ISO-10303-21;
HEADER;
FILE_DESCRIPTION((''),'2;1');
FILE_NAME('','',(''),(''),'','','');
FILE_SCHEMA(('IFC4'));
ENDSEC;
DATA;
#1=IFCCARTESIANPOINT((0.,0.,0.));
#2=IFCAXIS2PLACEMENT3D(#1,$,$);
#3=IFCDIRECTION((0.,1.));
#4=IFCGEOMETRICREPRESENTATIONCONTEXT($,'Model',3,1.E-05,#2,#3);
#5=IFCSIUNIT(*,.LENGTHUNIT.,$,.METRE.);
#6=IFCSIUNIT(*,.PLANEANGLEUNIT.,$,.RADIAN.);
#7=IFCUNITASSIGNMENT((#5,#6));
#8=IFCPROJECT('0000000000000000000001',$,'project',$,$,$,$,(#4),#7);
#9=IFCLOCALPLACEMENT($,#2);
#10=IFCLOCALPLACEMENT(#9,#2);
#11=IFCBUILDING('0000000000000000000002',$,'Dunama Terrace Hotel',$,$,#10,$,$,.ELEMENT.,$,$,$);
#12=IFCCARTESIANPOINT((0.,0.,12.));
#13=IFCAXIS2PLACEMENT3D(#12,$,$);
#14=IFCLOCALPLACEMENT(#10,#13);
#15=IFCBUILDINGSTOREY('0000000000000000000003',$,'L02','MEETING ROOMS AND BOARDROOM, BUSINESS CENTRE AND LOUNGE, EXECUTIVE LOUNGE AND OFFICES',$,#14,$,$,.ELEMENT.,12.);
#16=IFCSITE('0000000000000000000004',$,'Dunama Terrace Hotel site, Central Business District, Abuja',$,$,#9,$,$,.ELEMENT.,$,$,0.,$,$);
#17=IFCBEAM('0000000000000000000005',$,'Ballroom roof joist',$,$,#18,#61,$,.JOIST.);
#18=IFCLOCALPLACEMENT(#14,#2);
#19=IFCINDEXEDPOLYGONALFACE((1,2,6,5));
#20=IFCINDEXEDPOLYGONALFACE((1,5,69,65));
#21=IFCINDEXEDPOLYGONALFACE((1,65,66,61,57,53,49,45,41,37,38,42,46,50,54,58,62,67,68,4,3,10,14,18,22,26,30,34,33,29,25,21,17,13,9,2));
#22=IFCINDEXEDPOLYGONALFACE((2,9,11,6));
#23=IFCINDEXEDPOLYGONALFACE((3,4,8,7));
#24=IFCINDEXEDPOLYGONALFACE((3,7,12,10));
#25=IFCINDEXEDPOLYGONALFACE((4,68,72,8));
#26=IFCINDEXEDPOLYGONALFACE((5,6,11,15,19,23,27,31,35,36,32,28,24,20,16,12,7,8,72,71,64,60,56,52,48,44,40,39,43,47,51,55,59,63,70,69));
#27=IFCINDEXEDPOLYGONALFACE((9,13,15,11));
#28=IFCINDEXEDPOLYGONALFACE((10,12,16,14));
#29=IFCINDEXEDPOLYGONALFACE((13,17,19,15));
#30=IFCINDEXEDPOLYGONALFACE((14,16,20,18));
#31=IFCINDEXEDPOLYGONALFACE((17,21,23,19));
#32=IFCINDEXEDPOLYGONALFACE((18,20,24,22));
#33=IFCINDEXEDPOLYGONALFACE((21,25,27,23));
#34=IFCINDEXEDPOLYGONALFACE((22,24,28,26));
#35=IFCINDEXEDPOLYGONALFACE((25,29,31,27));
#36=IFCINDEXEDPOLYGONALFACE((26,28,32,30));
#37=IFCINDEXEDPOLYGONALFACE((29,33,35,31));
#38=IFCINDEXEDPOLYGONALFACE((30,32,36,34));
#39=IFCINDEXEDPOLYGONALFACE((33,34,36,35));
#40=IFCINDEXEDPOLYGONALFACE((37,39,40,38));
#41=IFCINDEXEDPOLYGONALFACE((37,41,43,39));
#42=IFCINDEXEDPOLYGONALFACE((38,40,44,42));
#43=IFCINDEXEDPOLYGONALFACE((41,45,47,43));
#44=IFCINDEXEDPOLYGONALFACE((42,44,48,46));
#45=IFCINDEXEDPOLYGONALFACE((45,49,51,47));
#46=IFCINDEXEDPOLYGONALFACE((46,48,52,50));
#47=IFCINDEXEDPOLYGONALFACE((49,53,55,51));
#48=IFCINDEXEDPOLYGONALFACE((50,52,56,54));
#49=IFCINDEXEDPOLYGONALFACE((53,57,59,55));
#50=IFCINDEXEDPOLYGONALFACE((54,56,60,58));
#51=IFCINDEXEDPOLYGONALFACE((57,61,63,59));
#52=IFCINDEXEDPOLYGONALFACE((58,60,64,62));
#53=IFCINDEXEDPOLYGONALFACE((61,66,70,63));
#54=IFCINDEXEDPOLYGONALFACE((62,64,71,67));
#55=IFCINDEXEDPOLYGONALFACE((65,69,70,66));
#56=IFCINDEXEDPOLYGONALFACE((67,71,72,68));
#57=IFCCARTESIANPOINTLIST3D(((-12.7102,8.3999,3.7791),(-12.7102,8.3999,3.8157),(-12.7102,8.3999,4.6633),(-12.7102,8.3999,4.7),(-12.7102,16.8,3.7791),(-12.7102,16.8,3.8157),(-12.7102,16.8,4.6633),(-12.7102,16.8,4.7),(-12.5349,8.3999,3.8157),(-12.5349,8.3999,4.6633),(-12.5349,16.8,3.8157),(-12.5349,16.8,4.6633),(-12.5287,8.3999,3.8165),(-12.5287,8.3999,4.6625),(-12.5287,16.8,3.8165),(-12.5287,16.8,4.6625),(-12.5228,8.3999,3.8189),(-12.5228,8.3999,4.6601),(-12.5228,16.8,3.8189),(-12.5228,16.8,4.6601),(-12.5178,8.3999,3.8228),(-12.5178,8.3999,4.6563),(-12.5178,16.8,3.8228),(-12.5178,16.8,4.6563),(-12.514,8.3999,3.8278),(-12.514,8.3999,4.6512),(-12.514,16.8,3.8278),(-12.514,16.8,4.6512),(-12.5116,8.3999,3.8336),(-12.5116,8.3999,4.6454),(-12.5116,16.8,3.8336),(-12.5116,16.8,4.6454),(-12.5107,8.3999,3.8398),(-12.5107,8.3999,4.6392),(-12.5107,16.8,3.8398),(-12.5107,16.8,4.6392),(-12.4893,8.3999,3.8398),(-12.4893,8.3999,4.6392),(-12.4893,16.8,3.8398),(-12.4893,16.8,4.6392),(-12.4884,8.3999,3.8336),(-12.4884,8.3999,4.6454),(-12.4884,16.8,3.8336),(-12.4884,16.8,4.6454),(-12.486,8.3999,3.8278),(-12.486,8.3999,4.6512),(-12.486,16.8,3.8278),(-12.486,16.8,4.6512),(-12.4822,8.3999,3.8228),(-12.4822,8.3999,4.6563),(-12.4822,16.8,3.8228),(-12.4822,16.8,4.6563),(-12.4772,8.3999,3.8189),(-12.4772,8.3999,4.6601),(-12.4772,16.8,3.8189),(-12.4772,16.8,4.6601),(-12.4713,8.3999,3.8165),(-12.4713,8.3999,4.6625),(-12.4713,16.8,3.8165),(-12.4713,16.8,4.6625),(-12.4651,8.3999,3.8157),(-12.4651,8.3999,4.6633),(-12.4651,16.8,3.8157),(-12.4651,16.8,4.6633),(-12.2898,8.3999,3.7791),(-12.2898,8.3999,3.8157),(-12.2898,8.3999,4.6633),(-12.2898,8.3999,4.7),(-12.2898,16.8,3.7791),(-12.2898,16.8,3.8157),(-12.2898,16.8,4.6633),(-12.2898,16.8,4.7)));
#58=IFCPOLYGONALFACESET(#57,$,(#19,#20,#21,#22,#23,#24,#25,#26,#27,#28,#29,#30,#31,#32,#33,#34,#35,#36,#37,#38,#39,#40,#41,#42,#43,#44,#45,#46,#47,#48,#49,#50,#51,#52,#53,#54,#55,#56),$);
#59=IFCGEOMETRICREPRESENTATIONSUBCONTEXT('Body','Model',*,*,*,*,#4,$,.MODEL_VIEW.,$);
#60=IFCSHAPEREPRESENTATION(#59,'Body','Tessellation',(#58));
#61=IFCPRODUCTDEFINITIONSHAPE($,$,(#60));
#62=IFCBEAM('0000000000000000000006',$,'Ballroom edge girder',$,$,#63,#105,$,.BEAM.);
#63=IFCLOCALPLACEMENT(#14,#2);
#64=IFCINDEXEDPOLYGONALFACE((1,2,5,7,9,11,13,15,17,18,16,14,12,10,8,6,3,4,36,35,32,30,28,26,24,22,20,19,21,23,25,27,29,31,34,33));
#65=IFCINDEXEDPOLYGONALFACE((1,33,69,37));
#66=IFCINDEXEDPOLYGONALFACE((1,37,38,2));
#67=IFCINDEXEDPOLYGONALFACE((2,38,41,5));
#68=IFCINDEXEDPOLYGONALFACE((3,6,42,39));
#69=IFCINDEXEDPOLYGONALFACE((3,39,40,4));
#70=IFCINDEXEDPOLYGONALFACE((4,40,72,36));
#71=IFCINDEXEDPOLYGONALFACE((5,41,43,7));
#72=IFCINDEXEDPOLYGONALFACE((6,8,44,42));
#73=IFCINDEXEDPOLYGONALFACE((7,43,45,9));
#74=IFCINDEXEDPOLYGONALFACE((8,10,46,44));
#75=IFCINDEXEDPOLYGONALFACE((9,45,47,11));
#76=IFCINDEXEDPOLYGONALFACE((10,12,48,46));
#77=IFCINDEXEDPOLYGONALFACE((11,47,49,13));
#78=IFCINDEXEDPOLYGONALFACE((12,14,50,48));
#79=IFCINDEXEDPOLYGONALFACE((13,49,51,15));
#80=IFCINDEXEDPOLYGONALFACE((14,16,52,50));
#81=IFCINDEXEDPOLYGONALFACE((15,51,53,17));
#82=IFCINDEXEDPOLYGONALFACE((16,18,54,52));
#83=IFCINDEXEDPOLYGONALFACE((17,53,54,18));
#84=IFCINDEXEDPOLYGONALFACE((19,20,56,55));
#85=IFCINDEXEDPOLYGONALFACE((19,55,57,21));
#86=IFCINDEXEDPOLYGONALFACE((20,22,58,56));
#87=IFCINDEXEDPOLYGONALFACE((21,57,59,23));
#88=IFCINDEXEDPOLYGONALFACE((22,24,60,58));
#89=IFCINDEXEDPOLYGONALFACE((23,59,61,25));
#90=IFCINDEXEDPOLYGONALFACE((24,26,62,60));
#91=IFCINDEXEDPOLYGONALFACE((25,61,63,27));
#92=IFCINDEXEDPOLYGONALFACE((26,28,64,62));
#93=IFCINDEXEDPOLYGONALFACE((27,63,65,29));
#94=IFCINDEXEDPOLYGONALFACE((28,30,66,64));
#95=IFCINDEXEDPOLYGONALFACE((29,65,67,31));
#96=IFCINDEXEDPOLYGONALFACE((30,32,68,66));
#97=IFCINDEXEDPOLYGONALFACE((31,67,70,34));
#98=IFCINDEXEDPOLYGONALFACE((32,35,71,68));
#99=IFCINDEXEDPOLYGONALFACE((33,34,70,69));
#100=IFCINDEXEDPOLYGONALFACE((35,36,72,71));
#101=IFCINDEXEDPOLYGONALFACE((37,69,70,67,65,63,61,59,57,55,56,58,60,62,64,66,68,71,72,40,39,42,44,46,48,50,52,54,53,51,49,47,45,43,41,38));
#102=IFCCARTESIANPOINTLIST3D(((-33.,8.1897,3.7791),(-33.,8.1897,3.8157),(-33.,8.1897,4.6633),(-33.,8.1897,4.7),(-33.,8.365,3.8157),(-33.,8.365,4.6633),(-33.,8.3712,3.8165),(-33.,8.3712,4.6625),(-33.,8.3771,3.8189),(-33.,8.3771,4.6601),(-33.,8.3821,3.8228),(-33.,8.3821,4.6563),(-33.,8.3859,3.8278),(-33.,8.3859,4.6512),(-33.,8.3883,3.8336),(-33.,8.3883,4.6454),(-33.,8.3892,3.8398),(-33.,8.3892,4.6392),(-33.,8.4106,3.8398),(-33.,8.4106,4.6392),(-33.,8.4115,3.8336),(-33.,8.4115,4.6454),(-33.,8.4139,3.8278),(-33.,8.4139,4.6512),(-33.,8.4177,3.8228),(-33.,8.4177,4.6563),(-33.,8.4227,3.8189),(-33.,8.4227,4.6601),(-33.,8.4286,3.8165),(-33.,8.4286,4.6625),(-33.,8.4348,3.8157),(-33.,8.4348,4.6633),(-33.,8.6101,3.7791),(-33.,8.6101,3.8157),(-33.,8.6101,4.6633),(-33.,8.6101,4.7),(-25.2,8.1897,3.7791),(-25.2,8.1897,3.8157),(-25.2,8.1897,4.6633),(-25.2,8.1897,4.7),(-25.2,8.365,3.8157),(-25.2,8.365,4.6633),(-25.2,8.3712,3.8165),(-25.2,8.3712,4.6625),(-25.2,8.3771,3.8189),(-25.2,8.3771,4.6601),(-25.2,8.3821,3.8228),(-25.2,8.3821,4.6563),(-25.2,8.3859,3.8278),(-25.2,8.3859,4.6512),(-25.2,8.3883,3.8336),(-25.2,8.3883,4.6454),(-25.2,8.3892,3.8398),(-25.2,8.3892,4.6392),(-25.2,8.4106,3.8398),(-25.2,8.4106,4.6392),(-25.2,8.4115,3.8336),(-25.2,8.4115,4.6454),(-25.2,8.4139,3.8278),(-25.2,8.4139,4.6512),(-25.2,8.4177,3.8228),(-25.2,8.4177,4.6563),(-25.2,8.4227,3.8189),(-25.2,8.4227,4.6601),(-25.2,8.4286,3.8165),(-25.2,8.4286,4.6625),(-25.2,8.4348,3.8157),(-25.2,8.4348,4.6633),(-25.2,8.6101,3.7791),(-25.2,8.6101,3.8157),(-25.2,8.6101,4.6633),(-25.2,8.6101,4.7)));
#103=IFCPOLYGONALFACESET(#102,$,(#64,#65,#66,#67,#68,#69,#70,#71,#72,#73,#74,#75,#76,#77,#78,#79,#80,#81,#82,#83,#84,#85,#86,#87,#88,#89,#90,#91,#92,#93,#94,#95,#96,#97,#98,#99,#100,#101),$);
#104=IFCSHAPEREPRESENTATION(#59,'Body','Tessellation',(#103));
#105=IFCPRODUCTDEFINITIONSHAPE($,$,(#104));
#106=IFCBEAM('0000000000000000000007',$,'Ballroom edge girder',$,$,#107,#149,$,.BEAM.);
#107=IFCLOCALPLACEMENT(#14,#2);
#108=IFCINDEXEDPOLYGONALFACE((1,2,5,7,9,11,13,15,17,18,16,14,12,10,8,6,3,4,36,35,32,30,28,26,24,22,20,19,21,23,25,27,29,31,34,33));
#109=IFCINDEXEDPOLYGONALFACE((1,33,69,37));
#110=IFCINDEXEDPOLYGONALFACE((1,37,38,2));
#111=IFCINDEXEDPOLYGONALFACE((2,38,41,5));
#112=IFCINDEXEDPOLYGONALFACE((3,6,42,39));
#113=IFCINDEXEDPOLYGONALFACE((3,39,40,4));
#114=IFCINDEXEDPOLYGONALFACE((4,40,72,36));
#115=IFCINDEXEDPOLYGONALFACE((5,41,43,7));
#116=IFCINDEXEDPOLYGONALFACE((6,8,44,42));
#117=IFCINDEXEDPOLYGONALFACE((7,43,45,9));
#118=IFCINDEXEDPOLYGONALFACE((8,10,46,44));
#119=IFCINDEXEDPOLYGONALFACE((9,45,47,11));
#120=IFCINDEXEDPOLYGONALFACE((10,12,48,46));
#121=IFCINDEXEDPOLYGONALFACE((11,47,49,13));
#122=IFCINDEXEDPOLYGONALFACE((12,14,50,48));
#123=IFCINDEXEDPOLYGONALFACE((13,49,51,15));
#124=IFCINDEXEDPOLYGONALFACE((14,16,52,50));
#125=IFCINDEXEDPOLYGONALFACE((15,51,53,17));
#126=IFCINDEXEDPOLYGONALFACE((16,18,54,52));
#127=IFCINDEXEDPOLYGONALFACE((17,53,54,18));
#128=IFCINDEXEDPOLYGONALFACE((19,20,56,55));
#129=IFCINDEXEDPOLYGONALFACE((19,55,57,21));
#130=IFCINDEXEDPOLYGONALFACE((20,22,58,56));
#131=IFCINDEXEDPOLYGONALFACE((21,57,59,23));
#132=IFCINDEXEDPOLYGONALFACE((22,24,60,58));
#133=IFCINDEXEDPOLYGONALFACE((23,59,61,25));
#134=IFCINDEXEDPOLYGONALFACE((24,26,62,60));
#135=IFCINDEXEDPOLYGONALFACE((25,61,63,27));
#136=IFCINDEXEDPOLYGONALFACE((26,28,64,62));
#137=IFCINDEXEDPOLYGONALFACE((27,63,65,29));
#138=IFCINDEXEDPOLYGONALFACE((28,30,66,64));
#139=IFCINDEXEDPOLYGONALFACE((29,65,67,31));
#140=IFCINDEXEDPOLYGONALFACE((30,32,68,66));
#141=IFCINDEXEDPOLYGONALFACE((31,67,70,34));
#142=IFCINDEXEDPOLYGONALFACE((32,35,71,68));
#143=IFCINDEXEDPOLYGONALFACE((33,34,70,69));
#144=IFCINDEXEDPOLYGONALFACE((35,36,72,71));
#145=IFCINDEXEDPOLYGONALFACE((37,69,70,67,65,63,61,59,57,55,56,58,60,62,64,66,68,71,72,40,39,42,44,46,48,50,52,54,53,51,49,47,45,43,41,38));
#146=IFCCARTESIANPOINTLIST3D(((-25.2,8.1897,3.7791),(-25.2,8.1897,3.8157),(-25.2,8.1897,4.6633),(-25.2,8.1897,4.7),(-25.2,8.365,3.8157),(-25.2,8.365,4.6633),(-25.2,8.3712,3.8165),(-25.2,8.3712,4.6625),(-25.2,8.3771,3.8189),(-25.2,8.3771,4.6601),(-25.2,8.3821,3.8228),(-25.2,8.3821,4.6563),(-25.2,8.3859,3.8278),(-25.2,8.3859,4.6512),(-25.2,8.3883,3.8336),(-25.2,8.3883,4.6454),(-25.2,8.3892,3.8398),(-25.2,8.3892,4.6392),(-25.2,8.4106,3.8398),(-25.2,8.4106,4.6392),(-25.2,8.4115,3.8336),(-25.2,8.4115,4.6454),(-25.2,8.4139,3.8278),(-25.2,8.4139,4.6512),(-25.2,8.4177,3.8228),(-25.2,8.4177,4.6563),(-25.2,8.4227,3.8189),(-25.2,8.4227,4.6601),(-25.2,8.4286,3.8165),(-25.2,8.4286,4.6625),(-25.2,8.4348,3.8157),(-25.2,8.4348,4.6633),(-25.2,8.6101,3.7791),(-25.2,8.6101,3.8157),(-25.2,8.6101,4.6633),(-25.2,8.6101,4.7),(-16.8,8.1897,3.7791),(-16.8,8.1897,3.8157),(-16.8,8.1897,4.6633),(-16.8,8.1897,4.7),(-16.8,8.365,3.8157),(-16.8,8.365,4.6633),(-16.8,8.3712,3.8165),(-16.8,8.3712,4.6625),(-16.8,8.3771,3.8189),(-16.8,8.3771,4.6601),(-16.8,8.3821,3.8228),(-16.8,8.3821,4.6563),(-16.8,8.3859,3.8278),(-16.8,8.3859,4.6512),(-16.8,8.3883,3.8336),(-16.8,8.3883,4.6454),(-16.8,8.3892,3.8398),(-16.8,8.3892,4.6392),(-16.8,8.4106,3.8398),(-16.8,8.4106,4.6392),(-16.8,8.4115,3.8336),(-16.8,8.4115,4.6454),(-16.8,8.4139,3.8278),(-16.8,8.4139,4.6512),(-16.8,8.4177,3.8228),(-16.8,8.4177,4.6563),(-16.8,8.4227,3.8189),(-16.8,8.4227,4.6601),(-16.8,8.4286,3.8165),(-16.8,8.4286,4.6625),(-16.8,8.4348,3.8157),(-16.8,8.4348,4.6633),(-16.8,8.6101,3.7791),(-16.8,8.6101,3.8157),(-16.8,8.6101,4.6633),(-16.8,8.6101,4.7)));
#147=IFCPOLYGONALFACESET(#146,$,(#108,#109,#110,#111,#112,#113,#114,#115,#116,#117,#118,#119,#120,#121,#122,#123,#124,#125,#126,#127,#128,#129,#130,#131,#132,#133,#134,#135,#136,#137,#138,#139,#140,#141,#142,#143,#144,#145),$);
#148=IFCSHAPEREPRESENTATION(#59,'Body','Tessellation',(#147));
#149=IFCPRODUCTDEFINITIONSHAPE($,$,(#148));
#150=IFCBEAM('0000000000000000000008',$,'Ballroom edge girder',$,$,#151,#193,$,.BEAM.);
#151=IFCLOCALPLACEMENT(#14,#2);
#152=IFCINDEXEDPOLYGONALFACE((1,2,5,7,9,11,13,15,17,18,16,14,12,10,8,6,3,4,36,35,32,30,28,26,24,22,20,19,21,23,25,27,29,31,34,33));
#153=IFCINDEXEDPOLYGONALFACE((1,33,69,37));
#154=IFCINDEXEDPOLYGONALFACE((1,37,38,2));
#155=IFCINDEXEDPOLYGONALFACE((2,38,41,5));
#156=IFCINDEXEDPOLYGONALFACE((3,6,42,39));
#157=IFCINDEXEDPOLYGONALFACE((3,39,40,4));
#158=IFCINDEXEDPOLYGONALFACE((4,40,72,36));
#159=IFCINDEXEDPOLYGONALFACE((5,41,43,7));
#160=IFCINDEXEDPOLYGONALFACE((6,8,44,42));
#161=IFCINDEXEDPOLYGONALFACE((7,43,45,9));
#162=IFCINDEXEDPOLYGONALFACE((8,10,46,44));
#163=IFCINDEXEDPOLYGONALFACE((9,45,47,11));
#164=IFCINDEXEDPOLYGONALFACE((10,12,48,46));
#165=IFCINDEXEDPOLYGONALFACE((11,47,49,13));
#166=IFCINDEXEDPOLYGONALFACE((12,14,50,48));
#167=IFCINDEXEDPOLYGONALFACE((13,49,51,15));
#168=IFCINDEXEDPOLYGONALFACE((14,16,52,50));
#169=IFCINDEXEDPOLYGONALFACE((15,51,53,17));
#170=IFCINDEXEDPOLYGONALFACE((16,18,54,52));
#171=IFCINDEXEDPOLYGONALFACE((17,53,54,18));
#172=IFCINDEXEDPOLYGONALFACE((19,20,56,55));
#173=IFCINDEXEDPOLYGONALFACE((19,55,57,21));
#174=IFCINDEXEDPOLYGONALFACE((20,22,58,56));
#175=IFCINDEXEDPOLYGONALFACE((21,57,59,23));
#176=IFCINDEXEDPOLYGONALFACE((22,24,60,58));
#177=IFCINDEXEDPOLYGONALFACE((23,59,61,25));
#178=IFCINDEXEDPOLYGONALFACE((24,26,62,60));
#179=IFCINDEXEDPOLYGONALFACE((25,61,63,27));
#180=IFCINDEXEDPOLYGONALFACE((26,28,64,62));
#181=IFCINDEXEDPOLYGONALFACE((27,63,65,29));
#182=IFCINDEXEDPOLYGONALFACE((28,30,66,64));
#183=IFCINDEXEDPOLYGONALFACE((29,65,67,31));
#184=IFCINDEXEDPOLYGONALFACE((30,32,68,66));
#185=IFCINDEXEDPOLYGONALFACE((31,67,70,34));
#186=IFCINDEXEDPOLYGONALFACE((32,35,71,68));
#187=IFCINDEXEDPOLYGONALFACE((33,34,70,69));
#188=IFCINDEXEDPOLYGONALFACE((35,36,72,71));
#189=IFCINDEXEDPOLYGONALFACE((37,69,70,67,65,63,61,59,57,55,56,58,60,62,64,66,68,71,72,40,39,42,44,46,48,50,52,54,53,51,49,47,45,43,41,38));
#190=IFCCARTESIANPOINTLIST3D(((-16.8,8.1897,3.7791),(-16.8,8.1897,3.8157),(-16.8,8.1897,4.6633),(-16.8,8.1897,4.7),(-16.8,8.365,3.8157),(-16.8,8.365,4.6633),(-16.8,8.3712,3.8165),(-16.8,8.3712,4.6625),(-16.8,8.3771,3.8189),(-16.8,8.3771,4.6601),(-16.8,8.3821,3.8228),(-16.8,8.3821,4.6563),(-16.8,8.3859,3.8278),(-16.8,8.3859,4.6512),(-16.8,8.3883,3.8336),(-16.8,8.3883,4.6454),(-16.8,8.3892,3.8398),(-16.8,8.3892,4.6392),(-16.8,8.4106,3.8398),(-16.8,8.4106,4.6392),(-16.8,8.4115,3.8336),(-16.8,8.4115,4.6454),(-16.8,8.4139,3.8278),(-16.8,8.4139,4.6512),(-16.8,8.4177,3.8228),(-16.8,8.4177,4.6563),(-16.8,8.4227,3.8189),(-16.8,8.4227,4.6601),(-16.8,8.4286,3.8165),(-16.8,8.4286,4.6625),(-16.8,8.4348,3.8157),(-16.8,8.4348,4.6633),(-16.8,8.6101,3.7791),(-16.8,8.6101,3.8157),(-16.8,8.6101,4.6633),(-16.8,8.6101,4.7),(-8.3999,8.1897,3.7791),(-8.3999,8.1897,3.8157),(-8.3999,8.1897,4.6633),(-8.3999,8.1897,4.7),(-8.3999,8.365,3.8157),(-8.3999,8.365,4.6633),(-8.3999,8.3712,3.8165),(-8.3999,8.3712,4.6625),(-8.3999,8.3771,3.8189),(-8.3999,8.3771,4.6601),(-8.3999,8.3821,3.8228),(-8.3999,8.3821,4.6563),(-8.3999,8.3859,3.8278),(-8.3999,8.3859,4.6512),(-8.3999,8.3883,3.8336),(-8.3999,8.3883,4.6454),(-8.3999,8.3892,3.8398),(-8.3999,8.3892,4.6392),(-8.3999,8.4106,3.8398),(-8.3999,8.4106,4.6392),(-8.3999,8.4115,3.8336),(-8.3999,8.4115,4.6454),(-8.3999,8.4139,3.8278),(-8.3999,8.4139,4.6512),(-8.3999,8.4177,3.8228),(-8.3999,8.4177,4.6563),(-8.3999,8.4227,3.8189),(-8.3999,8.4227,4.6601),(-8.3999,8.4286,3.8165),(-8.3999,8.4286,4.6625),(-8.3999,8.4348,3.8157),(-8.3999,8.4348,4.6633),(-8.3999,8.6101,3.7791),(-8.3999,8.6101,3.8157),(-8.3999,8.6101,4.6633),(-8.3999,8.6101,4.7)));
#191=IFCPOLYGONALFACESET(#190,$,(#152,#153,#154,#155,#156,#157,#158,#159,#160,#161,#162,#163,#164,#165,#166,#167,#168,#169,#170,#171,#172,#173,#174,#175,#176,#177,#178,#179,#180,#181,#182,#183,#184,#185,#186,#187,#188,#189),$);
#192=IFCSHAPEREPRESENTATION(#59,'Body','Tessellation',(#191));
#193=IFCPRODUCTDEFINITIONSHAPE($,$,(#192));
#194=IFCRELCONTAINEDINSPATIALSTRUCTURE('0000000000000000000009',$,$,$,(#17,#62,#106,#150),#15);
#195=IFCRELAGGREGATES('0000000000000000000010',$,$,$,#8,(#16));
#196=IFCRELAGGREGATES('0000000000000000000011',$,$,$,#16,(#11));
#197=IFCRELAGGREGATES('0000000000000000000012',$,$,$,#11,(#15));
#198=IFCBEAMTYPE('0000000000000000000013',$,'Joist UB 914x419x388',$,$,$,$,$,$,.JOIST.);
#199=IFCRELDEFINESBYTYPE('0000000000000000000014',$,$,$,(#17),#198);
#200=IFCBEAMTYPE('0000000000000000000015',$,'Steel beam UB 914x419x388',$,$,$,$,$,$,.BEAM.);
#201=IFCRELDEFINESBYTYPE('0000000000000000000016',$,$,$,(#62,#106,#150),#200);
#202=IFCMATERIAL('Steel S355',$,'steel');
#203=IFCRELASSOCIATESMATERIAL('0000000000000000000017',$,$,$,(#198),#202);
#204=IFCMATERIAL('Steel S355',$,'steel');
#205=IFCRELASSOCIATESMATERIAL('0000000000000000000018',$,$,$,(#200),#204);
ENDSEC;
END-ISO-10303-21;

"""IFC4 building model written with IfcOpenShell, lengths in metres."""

from ifc_helpers import new_model, si_unit, direction, frame, origin, origin_2d, place, context, subcontext, project, spatial, i_section, extrude, material, material_profile, profile_set, type_object, element, save


model = new_model("IFC4")

# Units and contexts
model_context = context("Model", 3, precision=1e-05, world=origin(), true_north=direction((0.0, 1.0)))
body_context = subcontext(model_context, "Body", "Model", "MODEL_VIEW")
ifc_project = project(units=[si_unit("LENGTHUNIT", "METRE"), si_unit("PLANEANGLEUNIT", "RADIAN")], contexts=[model_context])

# Site, building, storey
site_placement = place(None, origin())
site = spatial("IfcSite", under=ifc_project, at=site_placement, Name="Dunama Terrace Hotel site, Central Business District, Abuja", CompositionType="ELEMENT", RefElevation=0.0)
building_placement = place(site_placement, origin())
building = spatial("IfcBuilding", under=site, at=building_placement, Name="Dunama Terrace Hotel", CompositionType="ELEMENT")
storey_placement = place(building_placement, frame((0.0, 0.0, 12.0)))
storey = spatial("IfcBuildingStorey", under=building, at=storey_placement, Name="L02", Description="MEETING ROOMS AND BOARDROOM, BUSINESS CENTRE AND LOUNGE, EXECUTIVE LOUNGE AND OFFICES", CompositionType="ELEMENT", Elevation=12.0)

# Beams
ifc_material_1 = material(Name="Steel S355", Category="steel")
ifc_material_profile_1 = material_profile(ifc_material_1, i_section(OverallWidth=0.4204, OverallDepth=0.9209, WebThickness=0.0215, FlangeThickness=0.0366, FilletRadius=0.0242, at=origin_2d()), Name="UB 914x419x388")
ifc_profile_set_1 = profile_set([ifc_material_profile_1], Name="Steel S355")
beam_type_1 = type_object("IfcBeamType", Name="Joist UB 914x419x388", PredefinedType="JOIST", material=ifc_profile_set_1)
beam_1_placement = place(storey_placement, frame((-12.5, 8.3999, 4.2395), z_axis=(0.0, 1.0, 0.0), x_axis=(-1.0, 0.0, 0.0)))
element("IfcBeam", 1, at=beam_1_placement, inside=storey, type_object=beam_type_1, Name="Ballroom roof joist", PredefinedType="JOIST", context=body_context, shape_type="SweptSolid", body=[
    extrude(i_section(OverallWidth=0.4204, OverallDepth=0.9209, WebThickness=0.0215, FlangeThickness=0.0366, FilletRadius=0.0242, at=origin_2d()), origin(), (0.0, 0.0, 1.0), 8.4001),
])
ifc_material_2 = material(Name="Steel S355", Category="steel")
ifc_material_profile_2 = material_profile(ifc_material_2, i_section(OverallWidth=0.4204, OverallDepth=0.9209, WebThickness=0.0215, FlangeThickness=0.0366, FilletRadius=0.0242, at=origin_2d()), Name="UB 914x419x388")
ifc_profile_set_2 = profile_set([ifc_material_profile_2], Name="Steel S355")
beam_type_2 = type_object("IfcBeamType", Name="Steel beam UB 914x419x388", PredefinedType="BEAM", material=ifc_profile_set_2)
beam_2_placement = place(storey_placement, frame((-33.0, 8.3999, 4.2395), z_axis=(1.0, 0.0, 0.0), x_axis=(0.0, 1.0, 0.0)))
element("IfcBeam", 2, at=beam_2_placement, inside=storey, type_object=beam_type_2, Name="Ballroom edge girder", PredefinedType="BEAM", context=body_context, shape_type="SweptSolid", body=[
    extrude(i_section(OverallWidth=0.4204, OverallDepth=0.9209, WebThickness=0.0215, FlangeThickness=0.0366, FilletRadius=0.0242, at=origin_2d()), origin(), (0.0, 0.0, 1.0), 7.8),
])
beam_3_placement = place(storey_placement, frame((-25.2, 8.3999, 4.2395), z_axis=(1.0, 0.0, 0.0), x_axis=(0.0, 1.0, 0.0)))
element("IfcBeam", 3, at=beam_3_placement, inside=storey, type_object=beam_type_2, Name="Ballroom edge girder", PredefinedType="BEAM", context=body_context, shape_type="SweptSolid", body=[
    extrude(i_section(OverallWidth=0.4204, OverallDepth=0.9209, WebThickness=0.0215, FlangeThickness=0.0366, FilletRadius=0.0242, at=origin_2d()), origin(), (0.0, 0.0, 1.0), 8.3999),
])
beam_4_placement = place(storey_placement, frame((-16.8, 8.3999, 4.2395), z_axis=(1.0, 0.0, 0.0), x_axis=(0.0, 1.0, 0.0)))
element("IfcBeam", 4, at=beam_4_placement, inside=storey, type_object=beam_type_2, Name="Ballroom edge girder", PredefinedType="BEAM", context=body_context, shape_type="SweptSolid", body=[
    extrude(i_section(OverallWidth=0.4204, OverallDepth=0.9209, WebThickness=0.0215, FlangeThickness=0.0366, FilletRadius=0.0242, at=origin_2d()), origin(), (0.0, 0.0, 1.0), 8.4001),
])

save(model, "model.ifc")
